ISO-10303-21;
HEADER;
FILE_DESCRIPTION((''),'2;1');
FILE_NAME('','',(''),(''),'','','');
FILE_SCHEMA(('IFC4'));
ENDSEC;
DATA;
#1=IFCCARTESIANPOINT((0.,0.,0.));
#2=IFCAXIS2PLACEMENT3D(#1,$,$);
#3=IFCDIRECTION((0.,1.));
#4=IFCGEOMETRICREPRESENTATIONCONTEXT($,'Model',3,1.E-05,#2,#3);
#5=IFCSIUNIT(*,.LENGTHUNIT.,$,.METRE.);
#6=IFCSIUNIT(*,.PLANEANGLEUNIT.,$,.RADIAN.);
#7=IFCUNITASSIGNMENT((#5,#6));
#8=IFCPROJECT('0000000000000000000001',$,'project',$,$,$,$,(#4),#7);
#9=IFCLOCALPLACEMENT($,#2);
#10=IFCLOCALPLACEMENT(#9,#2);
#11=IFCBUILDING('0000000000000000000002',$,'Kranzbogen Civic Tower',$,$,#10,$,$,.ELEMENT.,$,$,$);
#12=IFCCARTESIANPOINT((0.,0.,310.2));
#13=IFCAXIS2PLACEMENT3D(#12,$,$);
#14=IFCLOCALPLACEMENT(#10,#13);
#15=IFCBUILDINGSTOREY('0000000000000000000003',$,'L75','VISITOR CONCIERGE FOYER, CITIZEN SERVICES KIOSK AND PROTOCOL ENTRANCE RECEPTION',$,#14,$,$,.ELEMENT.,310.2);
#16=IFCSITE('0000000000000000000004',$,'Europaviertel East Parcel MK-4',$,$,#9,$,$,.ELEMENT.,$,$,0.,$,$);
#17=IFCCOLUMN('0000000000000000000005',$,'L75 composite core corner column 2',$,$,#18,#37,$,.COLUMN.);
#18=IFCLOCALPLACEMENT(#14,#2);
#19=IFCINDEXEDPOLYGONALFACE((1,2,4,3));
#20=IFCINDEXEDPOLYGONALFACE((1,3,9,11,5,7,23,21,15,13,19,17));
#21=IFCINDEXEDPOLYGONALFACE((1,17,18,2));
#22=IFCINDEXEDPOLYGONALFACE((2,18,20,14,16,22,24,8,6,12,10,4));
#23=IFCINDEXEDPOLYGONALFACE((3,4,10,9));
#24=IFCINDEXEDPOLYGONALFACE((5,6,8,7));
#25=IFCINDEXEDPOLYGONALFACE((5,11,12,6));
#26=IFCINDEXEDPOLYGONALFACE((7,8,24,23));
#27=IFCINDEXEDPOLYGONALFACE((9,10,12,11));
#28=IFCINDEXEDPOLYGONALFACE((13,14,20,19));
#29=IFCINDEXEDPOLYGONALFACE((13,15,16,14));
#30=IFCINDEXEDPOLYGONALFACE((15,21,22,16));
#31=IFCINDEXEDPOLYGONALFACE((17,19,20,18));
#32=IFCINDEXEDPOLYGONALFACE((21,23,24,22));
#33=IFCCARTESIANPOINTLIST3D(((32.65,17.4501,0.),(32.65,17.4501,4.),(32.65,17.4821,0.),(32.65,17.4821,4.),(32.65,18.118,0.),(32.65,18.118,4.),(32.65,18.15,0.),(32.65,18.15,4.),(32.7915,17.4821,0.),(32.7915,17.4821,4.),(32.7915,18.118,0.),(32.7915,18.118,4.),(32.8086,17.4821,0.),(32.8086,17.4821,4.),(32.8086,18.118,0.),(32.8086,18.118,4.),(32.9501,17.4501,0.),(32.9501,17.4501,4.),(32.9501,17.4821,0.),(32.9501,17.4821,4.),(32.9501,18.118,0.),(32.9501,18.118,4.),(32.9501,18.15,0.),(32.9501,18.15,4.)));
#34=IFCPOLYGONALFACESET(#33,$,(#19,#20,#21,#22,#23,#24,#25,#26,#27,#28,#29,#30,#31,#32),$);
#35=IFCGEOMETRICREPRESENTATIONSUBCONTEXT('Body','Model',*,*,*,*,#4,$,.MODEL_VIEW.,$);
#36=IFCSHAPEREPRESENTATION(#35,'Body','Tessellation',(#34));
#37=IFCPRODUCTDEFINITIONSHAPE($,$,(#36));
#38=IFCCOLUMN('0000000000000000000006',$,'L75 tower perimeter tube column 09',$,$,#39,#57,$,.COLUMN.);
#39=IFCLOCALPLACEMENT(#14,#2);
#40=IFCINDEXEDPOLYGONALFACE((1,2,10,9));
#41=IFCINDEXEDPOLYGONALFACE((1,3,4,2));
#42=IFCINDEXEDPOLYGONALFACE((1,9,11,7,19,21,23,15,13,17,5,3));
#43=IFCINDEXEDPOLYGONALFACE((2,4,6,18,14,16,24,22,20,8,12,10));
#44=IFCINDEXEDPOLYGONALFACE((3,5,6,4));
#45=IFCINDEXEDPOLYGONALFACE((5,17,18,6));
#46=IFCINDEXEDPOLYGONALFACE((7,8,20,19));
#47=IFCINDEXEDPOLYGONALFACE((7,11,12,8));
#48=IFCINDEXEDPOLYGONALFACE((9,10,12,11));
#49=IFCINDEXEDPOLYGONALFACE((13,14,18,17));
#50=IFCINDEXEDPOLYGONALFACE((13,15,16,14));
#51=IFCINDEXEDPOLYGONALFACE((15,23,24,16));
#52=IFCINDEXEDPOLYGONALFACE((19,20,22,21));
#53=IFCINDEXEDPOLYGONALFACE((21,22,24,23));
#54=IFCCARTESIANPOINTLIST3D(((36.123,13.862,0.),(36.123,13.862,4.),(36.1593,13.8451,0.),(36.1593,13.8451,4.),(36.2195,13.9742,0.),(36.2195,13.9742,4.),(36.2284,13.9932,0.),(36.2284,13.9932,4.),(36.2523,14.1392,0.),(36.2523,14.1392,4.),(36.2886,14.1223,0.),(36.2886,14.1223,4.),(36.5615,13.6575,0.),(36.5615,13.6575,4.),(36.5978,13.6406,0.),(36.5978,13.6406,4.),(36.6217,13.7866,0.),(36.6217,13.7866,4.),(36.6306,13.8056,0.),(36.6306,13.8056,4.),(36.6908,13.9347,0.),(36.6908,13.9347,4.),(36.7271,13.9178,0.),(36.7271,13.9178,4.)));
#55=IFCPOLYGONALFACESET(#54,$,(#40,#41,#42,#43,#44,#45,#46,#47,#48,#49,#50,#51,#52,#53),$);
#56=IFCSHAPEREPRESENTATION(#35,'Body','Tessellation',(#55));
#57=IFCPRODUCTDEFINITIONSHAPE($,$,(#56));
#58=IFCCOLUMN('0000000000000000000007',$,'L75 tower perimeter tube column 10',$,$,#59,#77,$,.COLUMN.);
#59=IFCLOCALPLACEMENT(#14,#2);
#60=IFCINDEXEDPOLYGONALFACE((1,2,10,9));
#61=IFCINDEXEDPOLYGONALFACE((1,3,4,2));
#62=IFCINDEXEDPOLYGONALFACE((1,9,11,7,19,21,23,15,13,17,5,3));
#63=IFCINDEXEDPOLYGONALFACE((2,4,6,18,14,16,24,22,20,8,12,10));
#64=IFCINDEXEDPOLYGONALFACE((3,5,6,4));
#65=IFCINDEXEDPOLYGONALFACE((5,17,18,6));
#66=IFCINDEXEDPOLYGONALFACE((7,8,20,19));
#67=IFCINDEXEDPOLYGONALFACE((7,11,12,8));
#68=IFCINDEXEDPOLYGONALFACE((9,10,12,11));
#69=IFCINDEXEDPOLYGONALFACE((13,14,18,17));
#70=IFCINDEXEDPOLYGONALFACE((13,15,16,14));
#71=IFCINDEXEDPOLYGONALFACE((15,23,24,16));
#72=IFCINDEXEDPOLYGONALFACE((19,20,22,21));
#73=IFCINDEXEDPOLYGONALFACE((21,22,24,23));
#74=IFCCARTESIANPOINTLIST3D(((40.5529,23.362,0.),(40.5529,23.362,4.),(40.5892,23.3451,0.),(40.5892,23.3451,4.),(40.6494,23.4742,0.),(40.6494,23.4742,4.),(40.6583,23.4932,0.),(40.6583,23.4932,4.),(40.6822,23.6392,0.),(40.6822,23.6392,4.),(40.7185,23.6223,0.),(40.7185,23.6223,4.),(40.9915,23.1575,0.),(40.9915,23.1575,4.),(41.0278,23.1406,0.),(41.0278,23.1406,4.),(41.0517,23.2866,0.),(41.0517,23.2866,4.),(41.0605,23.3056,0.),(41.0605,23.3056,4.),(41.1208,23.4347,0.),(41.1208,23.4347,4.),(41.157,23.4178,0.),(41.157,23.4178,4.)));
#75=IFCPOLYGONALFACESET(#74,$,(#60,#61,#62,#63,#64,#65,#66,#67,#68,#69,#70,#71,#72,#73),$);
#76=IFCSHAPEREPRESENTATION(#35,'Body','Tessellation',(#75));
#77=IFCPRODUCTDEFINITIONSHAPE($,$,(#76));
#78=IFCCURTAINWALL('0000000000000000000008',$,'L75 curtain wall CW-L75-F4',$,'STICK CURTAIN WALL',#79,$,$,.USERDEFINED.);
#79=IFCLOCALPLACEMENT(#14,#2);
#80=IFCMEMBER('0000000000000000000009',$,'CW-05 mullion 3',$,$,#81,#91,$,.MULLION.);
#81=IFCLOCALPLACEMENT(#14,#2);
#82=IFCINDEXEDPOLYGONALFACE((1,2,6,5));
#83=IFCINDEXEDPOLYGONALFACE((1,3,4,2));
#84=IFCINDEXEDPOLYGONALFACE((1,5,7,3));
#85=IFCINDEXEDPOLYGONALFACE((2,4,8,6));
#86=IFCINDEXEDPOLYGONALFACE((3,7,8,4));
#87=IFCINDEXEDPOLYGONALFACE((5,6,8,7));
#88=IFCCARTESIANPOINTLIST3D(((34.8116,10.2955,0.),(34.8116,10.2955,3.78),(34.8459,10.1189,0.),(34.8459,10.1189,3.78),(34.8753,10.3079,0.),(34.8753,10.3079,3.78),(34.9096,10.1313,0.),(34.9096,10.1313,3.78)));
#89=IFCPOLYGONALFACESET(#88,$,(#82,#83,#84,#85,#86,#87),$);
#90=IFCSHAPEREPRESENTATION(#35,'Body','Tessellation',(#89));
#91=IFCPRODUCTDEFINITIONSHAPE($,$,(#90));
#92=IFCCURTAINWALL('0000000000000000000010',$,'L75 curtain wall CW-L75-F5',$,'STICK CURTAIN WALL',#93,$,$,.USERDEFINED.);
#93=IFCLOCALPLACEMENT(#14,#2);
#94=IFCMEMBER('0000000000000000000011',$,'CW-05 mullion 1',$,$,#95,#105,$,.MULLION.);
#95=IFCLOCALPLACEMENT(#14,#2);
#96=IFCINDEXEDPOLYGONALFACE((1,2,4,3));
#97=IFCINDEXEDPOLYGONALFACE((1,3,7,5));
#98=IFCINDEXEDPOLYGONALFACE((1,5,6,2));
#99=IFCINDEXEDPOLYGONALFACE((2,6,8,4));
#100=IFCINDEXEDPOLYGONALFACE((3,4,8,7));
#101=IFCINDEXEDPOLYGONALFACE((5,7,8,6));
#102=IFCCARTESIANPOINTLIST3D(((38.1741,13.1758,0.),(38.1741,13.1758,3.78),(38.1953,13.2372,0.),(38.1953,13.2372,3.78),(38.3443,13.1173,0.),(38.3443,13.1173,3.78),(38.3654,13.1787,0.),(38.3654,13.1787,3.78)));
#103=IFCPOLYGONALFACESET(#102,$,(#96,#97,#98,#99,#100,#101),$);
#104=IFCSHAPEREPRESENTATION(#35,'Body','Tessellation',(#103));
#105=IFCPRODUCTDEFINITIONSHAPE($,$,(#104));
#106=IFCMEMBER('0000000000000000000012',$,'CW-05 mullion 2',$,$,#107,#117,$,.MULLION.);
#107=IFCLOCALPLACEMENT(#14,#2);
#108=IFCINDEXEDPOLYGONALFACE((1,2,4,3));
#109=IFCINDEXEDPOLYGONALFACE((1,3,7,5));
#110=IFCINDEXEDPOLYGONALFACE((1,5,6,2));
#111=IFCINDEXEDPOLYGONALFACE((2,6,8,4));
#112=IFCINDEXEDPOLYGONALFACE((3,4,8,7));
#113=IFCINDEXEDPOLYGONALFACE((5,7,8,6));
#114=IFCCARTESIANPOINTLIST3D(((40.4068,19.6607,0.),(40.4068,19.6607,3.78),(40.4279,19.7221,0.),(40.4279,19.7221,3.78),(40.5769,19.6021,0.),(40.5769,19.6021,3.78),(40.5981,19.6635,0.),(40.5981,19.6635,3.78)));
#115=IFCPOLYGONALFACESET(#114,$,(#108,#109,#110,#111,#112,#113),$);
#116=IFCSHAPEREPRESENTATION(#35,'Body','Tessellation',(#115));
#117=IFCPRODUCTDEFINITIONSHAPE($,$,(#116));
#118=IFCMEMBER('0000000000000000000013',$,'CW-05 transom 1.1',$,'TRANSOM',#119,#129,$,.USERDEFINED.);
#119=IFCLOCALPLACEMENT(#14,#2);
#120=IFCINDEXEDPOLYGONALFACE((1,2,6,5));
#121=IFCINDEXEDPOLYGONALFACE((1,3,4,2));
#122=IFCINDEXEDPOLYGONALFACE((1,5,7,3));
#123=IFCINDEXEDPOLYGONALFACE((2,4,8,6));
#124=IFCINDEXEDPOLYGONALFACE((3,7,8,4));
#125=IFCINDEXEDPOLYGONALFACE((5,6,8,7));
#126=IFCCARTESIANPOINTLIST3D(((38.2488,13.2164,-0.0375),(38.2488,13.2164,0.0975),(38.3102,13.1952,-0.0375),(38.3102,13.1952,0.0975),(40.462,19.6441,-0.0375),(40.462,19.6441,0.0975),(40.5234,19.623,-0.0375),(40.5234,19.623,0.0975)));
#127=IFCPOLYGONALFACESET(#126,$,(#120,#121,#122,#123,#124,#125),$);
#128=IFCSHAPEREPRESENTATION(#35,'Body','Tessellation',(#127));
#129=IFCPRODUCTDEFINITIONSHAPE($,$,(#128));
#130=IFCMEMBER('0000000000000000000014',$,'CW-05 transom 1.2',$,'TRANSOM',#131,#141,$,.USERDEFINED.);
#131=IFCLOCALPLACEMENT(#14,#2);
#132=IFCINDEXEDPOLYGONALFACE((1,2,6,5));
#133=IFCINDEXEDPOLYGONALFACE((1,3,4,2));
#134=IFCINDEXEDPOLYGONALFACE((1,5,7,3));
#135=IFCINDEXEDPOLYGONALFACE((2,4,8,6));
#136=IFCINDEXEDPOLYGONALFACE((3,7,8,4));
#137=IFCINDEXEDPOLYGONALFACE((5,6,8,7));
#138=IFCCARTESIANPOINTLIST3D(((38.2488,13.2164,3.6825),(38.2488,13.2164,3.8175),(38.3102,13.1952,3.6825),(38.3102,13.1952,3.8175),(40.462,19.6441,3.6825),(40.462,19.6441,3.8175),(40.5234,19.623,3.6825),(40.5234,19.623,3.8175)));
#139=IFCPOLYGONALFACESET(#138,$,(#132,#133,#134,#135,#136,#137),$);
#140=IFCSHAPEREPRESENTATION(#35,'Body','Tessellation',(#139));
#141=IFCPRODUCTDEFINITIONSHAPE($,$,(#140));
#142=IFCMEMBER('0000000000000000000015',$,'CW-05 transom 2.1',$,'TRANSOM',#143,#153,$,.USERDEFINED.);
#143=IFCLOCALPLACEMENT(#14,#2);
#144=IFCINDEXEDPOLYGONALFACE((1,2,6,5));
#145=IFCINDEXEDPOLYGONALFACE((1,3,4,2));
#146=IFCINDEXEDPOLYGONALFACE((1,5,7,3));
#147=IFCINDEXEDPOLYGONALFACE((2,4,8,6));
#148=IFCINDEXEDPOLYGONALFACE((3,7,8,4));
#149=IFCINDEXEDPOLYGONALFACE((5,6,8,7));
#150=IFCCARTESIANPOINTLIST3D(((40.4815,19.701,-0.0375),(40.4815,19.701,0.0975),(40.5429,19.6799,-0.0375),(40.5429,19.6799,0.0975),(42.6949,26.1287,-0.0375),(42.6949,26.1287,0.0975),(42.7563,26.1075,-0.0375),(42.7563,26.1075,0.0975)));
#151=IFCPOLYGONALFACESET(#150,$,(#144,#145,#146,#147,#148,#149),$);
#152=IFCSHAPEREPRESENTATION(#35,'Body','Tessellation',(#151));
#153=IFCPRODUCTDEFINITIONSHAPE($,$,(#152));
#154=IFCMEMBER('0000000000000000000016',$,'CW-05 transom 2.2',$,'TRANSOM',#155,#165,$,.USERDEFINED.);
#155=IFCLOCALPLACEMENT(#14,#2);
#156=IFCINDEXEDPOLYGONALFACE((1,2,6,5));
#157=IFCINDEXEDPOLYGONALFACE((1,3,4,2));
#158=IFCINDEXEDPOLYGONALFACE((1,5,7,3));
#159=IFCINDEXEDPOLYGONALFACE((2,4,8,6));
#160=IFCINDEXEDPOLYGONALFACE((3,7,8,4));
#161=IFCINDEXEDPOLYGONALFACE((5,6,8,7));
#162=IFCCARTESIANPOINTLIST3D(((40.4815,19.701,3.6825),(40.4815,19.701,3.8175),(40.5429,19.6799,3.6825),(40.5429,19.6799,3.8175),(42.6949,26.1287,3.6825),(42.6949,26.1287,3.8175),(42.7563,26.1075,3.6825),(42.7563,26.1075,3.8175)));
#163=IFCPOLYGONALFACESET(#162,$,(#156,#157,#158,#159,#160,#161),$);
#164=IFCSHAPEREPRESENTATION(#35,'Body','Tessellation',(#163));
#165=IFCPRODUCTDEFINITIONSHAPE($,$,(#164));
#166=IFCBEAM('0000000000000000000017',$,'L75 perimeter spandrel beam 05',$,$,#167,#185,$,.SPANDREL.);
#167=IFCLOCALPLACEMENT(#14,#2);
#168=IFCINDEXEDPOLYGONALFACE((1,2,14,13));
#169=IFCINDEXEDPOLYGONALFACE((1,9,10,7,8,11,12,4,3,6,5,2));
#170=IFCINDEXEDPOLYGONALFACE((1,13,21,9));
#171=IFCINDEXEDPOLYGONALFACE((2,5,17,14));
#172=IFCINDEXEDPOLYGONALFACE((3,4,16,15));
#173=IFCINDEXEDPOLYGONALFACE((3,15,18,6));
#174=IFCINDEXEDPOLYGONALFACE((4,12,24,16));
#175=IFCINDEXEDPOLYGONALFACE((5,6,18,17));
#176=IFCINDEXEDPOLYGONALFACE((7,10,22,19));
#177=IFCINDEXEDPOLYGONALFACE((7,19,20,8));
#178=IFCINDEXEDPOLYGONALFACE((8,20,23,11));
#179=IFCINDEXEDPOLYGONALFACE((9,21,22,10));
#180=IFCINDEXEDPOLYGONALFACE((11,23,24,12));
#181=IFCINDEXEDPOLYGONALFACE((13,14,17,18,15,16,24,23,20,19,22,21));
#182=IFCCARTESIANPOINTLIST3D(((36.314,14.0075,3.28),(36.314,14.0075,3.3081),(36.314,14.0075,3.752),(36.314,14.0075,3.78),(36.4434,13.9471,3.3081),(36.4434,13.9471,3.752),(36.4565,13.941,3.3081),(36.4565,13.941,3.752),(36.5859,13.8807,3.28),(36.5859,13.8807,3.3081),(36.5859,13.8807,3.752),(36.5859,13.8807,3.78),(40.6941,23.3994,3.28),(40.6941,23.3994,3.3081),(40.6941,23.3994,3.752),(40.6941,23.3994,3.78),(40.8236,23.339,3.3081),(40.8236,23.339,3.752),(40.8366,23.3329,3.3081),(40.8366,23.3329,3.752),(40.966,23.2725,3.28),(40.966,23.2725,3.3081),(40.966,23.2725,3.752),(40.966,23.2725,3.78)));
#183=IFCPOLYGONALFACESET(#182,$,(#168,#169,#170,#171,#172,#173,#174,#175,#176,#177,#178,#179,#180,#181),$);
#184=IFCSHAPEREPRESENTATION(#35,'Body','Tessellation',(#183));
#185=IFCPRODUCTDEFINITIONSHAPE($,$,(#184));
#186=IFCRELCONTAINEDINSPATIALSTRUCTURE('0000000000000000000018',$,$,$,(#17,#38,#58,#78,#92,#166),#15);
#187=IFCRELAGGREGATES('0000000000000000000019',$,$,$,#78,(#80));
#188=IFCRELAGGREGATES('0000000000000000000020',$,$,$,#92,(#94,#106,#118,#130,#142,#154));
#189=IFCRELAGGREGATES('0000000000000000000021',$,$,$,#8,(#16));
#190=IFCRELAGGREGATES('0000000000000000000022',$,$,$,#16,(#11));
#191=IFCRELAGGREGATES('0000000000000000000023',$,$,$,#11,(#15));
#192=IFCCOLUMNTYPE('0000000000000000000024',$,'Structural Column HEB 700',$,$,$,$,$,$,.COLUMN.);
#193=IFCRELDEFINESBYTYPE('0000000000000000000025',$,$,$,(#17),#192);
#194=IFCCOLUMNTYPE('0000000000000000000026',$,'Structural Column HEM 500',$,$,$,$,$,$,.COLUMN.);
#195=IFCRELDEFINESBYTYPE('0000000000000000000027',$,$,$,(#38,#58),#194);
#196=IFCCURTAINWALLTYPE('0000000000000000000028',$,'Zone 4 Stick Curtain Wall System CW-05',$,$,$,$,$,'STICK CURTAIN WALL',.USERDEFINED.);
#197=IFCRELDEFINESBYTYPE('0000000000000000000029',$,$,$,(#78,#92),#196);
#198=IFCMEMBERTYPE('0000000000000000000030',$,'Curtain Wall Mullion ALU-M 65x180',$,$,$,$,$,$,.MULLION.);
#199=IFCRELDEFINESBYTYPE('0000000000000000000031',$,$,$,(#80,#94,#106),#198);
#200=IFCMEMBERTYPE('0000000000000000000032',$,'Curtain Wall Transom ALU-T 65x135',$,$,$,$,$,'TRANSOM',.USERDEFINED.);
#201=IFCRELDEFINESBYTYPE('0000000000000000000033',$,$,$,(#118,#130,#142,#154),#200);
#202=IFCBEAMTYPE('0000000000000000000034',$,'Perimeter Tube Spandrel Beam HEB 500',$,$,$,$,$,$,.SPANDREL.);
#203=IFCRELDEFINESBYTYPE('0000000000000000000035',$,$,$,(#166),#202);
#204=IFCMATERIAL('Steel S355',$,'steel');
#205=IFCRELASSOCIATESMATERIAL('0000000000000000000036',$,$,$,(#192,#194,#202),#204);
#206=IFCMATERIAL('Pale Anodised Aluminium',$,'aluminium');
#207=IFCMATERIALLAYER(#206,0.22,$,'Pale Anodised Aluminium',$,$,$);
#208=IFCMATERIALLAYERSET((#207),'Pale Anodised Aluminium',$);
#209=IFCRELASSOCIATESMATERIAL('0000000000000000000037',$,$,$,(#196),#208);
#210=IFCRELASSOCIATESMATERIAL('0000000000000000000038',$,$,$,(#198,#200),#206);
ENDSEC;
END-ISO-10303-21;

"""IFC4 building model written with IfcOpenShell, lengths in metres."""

from ifc_helpers import new_model, si_unit, direction, frame, origin, origin_2d, place, context, subcontext, project, spatial, rectangle, i_section, extrude, material, layer, layer_set, material_profile, profile_set, type_object, element, aggregate, save


model = new_model("IFC4")

# Units and contexts
model_context = context("Model", 3, precision=1e-05, world=origin(), true_north=direction((0.0, 1.0)))
body_context = subcontext(model_context, "Body", "Model", "MODEL_VIEW")
ifc_project = project(units=[si_unit("LENGTHUNIT", "METRE"), si_unit("PLANEANGLEUNIT", "RADIAN")], contexts=[model_context])

# Site, building, storey
site_placement = place(None, origin())
site = spatial("IfcSite", under=ifc_project, at=site_placement, Name="Europaviertel East Parcel MK-4", CompositionType="ELEMENT", RefElevation=0.0)
building_placement = place(site_placement, origin())
building = spatial("IfcBuilding", under=site, at=building_placement, Name="Kranzbogen Civic Tower", CompositionType="ELEMENT")
storey_placement = place(building_placement, frame((0.0, 0.0, 310.2)))
storey = spatial("IfcBuildingStorey", under=building, at=storey_placement, Name="L75", Description="VISITOR CONCIERGE FOYER, CITIZEN SERVICES KIOSK AND PROTOCOL ENTRANCE RECEPTION", CompositionType="ELEMENT", Elevation=310.2)

# Columns
ifc_material_1 = material(Name="Steel S355", Category="steel")
ifc_material_profile_1 = material_profile(ifc_material_1, i_section(OverallWidth=0.3, OverallDepth=0.7, WebThickness=0.0171, FlangeThickness=0.032, at=origin_2d()), Name="HEB 700")
ifc_profile_set_1 = profile_set([ifc_material_profile_1], Name="Steel S355")
column_type_1 = type_object("IfcColumnType", Name="Structural Column HEB 700", PredefinedType="COLUMN", material=ifc_profile_set_1)
column_placement = place(storey_placement, frame((32.8, 17.8, 0.0), z_axis=(0.0, 0.0, 1.0), x_axis=(1.0, 0.0, 0.0)))
element("IfcColumn", 1, at=column_placement, inside=storey, type_object=column_type_1, Name="L75 composite core corner column 2", PredefinedType="COLUMN", context=body_context, shape_type="SweptSolid", body=[
    extrude(i_section(OverallWidth=0.3, OverallDepth=0.7, WebThickness=0.0171, FlangeThickness=0.032, at=origin_2d()), origin(), (0.0, 0.0, 1.0), 4.0),
])
ifc_material_profile_2 = material_profile(ifc_material_1, i_section(OverallWidth=0.3059, OverallDepth=0.5239, WebThickness=0.021, FlangeThickness=0.04, at=origin_2d()), Name="HEM 500")
ifc_profile_set_2 = profile_set([ifc_material_profile_2], Name="Steel S355")
column_type_2 = type_object("IfcColumnType", Name="Structural Column HEM 500", PredefinedType="COLUMN", material=ifc_profile_set_2)
for number, where, z_axis, x_axis, name in (
    (2, (36.425, 13.8899, 0.0), (0.0, 0.0, 1.0), (0.422618, 0.906308, 0.0), "L75 tower perimeter tube column 09"),
    (3, (40.855, 23.3899, 0.0), (0.0, 0.0, 1.0), (0.422618, 0.906308, 0.0), "L75 tower perimeter tube column 10"),
):
    element("IfcColumn", number, at=place(storey_placement, frame(where, z_axis=z_axis, x_axis=x_axis)), inside=storey, type_object=column_type_2, Name=name, PredefinedType="COLUMN", context=body_context, shape_type="SweptSolid", body=[
        extrude(i_section(OverallWidth=0.3059, OverallDepth=0.5239, WebThickness=0.021, FlangeThickness=0.04, at=origin_2d()), origin(), (0.0, 0.0, 1.0), 4.0),
    ])

# Curtain wall, member
ifc_material_2 = material(Name="Pale Anodised Aluminium", Category="aluminium")
ifc_layer_1 = layer(ifc_material_2, 0.22, Name="Pale Anodised Aluminium")
ifc_layer_set_1 = layer_set([ifc_layer_1], Name="Pale Anodised Aluminium")
curtain_wall_type = type_object("IfcCurtainWallType", Name="Zone 4 Stick Curtain Wall System CW-05", ElementType="STICK CURTAIN WALL", PredefinedType="USERDEFINED", material=ifc_layer_set_1)
curtain_wall_1_placement = place(storey_placement, origin())
curtain_wall_1 = element("IfcCurtainWall", 4, at=curtain_wall_1_placement, inside=storey, type_object=curtain_wall_type, Name="L75 curtain wall CW-L75-F4", ObjectType="STICK CURTAIN WALL", PredefinedType="USERDEFINED")
ifc_material_profile_3 = material_profile(ifc_material_2, rectangle(XDim=0.0649, YDim=0.1799, at=origin_2d()), Name="ALU-M 65x180")
ifc_profile_set_3 = profile_set([ifc_material_profile_3], Name="Pale Anodised Aluminium")
member_type_1 = type_object("IfcMemberType", Name="Curtain Wall Mullion ALU-M 65x180", PredefinedType="MULLION", material=ifc_profile_set_3)
member_1_placement = place(storey_placement, frame((34.8606, 10.2134, 0.0), z_axis=(0.0, 0.0, 1.0), x_axis=(0.981635, 0.190767, 0.0)))
member_1 = element("IfcMember", 5, at=member_1_placement, type_object=member_type_1, Name="CW-05 mullion 3", PredefinedType="MULLION", context=body_context, shape_type="SweptSolid", body=[
    extrude(rectangle(XDim=0.0649, YDim=0.1799, at=origin_2d()), origin(), (0.0, 0.0, 1.0), 3.78),
])
aggregate(curtain_wall_1, [member_1])

# Curtain wall, members
curtain_wall_2_placement = place(storey_placement, origin())
curtain_wall_2 = element("IfcCurtainWall", 6, at=curtain_wall_2_placement, inside=storey, type_object=curtain_wall_type, Name="L75 curtain wall CW-L75-F5", ObjectType="STICK CURTAIN WALL", PredefinedType="USERDEFINED")
member_2_placement = place(storey_placement, frame((38.2698, 13.1772, 0.0), z_axis=(0.0, 0.0, 1.0), x_axis=(0.325554, 0.945523, 0.0)))
member_2 = element("IfcMember", 7, at=member_2_placement, type_object=member_type_1, Name="CW-05 mullion 1", PredefinedType="MULLION", context=body_context, shape_type="SweptSolid", body=[
    extrude(rectangle(XDim=0.0649, YDim=0.1799, at=origin_2d()), origin(), (0.0, 0.0, 1.0), 3.78),
])
member_3_placement = place(storey_placement, frame((40.5024, 19.6621, 0.0), z_axis=(0.0, 0.0, 1.0), x_axis=(0.325554, 0.945523, 0.0)))
member_3 = element("IfcMember", 8, at=member_3_placement, type_object=member_type_1, Name="CW-05 mullion 2", PredefinedType="MULLION", context=body_context, shape_type="SweptSolid", body=[
    extrude(rectangle(XDim=0.0649, YDim=0.1799, at=origin_2d()), origin(), (0.0, 0.0, 1.0), 3.78),
])
ifc_material_profile_4 = material_profile(ifc_material_2, rectangle(XDim=0.0649, YDim=0.135, at=origin_2d()), Name="ALU-T 65x135")
ifc_profile_set_4 = profile_set([ifc_material_profile_4], Name="Pale Anodised Aluminium")
member_type_2 = type_object("IfcMemberType", Name="Curtain Wall Transom ALU-T 65x135", ElementType="TRANSOM", PredefinedType="USERDEFINED", material=ifc_profile_set_4)
member_4_placement = place(storey_placement, frame((38.2795, 13.2058, 0.03), z_axis=(0.325553, 0.945524, 0.0), x_axis=(-0.945524, 0.325553, 0.0)))
member_4 = element("IfcMember", 9, at=member_4_placement, type_object=member_type_2, Name="CW-05 transom 1.1", ObjectType="TRANSOM", PredefinedType="USERDEFINED", context=body_context, shape_type="SweptSolid", body=[
    extrude(rectangle(XDim=0.0649, YDim=0.135, at=origin_2d()), origin(), (0.0, 0.0, 1.0), 6.7981),
])
member_5_placement = place(storey_placement, frame((38.2795, 13.2058, 3.75), z_axis=(0.325553, 0.945524, 0.0), x_axis=(-0.945524, 0.325553, 0.0)))
member_5 = element("IfcMember", 10, at=member_5_placement, type_object=member_type_2, Name="CW-05 transom 1.2", ObjectType="TRANSOM", PredefinedType="USERDEFINED", context=body_context, shape_type="SweptSolid", body=[
    extrude(rectangle(XDim=0.0649, YDim=0.135, at=origin_2d()), origin(), (0.0, 0.0, 1.0), 6.7981),
])
member_6_placement = place(storey_placement, frame((40.5122, 19.6904, 0.03), z_axis=(0.325586, 0.945513, 0.0), x_axis=(-0.945513, 0.325586, 0.0)))
member_6 = element("IfcMember", 11, at=member_6_placement, type_object=member_type_2, Name="CW-05 transom 2.1", ObjectType="TRANSOM", PredefinedType="USERDEFINED", context=body_context, shape_type="SweptSolid", body=[
    extrude(rectangle(XDim=0.0649, YDim=0.135, at=origin_2d()), origin(), (0.0, 0.0, 1.0), 6.7981),
])
member_7_placement = place(storey_placement, frame((40.5122, 19.6904, 3.75), z_axis=(0.325586, 0.945513, 0.0), x_axis=(-0.945513, 0.325586, 0.0)))
member_7 = element("IfcMember", 12, at=member_7_placement, type_object=member_type_2, Name="CW-05 transom 2.2", ObjectType="TRANSOM", PredefinedType="USERDEFINED", context=body_context, shape_type="SweptSolid", body=[
    extrude(rectangle(XDim=0.0649, YDim=0.135, at=origin_2d()), origin(), (0.0, 0.0, 1.0), 6.7981),
])

# Beam
ifc_material_profile_5 = material_profile(ifc_material_1, i_section(OverallWidth=0.3, OverallDepth=0.5, WebThickness=0.0144, FlangeThickness=0.0281, at=origin_2d()), Name="HEB 500")
ifc_profile_set_5 = profile_set([ifc_material_profile_5], Name="Steel S355")
beam_type_1 = type_object("IfcBeamType", Name="Perimeter Tube Spandrel Beam HEB 500", PredefinedType="SPANDREL", material=ifc_profile_set_5)
beam_1_placement = place(storey_placement, frame((36.45, 13.9441, 3.53), z_axis=(0.422669, 0.906284, 0.0), x_axis=(-0.906284, 0.422669, 0.0)))
element("IfcBeam", 13, at=beam_1_placement, inside=storey, type_object=beam_type_1, Name="L75 perimeter spandrel beam 05", PredefinedType="SPANDREL", context=body_context, shape_type="SweptSolid", body=[
    extrude(i_section(OverallWidth=0.3, OverallDepth=0.5, WebThickness=0.0144, FlangeThickness=0.0281, at=origin_2d()), origin(), (0.0, 0.0, 1.0), 10.363),
])

aggregate(curtain_wall_2, [member_2, member_3, member_4, member_5, member_6, member_7])

save(model, "model.ifc")
